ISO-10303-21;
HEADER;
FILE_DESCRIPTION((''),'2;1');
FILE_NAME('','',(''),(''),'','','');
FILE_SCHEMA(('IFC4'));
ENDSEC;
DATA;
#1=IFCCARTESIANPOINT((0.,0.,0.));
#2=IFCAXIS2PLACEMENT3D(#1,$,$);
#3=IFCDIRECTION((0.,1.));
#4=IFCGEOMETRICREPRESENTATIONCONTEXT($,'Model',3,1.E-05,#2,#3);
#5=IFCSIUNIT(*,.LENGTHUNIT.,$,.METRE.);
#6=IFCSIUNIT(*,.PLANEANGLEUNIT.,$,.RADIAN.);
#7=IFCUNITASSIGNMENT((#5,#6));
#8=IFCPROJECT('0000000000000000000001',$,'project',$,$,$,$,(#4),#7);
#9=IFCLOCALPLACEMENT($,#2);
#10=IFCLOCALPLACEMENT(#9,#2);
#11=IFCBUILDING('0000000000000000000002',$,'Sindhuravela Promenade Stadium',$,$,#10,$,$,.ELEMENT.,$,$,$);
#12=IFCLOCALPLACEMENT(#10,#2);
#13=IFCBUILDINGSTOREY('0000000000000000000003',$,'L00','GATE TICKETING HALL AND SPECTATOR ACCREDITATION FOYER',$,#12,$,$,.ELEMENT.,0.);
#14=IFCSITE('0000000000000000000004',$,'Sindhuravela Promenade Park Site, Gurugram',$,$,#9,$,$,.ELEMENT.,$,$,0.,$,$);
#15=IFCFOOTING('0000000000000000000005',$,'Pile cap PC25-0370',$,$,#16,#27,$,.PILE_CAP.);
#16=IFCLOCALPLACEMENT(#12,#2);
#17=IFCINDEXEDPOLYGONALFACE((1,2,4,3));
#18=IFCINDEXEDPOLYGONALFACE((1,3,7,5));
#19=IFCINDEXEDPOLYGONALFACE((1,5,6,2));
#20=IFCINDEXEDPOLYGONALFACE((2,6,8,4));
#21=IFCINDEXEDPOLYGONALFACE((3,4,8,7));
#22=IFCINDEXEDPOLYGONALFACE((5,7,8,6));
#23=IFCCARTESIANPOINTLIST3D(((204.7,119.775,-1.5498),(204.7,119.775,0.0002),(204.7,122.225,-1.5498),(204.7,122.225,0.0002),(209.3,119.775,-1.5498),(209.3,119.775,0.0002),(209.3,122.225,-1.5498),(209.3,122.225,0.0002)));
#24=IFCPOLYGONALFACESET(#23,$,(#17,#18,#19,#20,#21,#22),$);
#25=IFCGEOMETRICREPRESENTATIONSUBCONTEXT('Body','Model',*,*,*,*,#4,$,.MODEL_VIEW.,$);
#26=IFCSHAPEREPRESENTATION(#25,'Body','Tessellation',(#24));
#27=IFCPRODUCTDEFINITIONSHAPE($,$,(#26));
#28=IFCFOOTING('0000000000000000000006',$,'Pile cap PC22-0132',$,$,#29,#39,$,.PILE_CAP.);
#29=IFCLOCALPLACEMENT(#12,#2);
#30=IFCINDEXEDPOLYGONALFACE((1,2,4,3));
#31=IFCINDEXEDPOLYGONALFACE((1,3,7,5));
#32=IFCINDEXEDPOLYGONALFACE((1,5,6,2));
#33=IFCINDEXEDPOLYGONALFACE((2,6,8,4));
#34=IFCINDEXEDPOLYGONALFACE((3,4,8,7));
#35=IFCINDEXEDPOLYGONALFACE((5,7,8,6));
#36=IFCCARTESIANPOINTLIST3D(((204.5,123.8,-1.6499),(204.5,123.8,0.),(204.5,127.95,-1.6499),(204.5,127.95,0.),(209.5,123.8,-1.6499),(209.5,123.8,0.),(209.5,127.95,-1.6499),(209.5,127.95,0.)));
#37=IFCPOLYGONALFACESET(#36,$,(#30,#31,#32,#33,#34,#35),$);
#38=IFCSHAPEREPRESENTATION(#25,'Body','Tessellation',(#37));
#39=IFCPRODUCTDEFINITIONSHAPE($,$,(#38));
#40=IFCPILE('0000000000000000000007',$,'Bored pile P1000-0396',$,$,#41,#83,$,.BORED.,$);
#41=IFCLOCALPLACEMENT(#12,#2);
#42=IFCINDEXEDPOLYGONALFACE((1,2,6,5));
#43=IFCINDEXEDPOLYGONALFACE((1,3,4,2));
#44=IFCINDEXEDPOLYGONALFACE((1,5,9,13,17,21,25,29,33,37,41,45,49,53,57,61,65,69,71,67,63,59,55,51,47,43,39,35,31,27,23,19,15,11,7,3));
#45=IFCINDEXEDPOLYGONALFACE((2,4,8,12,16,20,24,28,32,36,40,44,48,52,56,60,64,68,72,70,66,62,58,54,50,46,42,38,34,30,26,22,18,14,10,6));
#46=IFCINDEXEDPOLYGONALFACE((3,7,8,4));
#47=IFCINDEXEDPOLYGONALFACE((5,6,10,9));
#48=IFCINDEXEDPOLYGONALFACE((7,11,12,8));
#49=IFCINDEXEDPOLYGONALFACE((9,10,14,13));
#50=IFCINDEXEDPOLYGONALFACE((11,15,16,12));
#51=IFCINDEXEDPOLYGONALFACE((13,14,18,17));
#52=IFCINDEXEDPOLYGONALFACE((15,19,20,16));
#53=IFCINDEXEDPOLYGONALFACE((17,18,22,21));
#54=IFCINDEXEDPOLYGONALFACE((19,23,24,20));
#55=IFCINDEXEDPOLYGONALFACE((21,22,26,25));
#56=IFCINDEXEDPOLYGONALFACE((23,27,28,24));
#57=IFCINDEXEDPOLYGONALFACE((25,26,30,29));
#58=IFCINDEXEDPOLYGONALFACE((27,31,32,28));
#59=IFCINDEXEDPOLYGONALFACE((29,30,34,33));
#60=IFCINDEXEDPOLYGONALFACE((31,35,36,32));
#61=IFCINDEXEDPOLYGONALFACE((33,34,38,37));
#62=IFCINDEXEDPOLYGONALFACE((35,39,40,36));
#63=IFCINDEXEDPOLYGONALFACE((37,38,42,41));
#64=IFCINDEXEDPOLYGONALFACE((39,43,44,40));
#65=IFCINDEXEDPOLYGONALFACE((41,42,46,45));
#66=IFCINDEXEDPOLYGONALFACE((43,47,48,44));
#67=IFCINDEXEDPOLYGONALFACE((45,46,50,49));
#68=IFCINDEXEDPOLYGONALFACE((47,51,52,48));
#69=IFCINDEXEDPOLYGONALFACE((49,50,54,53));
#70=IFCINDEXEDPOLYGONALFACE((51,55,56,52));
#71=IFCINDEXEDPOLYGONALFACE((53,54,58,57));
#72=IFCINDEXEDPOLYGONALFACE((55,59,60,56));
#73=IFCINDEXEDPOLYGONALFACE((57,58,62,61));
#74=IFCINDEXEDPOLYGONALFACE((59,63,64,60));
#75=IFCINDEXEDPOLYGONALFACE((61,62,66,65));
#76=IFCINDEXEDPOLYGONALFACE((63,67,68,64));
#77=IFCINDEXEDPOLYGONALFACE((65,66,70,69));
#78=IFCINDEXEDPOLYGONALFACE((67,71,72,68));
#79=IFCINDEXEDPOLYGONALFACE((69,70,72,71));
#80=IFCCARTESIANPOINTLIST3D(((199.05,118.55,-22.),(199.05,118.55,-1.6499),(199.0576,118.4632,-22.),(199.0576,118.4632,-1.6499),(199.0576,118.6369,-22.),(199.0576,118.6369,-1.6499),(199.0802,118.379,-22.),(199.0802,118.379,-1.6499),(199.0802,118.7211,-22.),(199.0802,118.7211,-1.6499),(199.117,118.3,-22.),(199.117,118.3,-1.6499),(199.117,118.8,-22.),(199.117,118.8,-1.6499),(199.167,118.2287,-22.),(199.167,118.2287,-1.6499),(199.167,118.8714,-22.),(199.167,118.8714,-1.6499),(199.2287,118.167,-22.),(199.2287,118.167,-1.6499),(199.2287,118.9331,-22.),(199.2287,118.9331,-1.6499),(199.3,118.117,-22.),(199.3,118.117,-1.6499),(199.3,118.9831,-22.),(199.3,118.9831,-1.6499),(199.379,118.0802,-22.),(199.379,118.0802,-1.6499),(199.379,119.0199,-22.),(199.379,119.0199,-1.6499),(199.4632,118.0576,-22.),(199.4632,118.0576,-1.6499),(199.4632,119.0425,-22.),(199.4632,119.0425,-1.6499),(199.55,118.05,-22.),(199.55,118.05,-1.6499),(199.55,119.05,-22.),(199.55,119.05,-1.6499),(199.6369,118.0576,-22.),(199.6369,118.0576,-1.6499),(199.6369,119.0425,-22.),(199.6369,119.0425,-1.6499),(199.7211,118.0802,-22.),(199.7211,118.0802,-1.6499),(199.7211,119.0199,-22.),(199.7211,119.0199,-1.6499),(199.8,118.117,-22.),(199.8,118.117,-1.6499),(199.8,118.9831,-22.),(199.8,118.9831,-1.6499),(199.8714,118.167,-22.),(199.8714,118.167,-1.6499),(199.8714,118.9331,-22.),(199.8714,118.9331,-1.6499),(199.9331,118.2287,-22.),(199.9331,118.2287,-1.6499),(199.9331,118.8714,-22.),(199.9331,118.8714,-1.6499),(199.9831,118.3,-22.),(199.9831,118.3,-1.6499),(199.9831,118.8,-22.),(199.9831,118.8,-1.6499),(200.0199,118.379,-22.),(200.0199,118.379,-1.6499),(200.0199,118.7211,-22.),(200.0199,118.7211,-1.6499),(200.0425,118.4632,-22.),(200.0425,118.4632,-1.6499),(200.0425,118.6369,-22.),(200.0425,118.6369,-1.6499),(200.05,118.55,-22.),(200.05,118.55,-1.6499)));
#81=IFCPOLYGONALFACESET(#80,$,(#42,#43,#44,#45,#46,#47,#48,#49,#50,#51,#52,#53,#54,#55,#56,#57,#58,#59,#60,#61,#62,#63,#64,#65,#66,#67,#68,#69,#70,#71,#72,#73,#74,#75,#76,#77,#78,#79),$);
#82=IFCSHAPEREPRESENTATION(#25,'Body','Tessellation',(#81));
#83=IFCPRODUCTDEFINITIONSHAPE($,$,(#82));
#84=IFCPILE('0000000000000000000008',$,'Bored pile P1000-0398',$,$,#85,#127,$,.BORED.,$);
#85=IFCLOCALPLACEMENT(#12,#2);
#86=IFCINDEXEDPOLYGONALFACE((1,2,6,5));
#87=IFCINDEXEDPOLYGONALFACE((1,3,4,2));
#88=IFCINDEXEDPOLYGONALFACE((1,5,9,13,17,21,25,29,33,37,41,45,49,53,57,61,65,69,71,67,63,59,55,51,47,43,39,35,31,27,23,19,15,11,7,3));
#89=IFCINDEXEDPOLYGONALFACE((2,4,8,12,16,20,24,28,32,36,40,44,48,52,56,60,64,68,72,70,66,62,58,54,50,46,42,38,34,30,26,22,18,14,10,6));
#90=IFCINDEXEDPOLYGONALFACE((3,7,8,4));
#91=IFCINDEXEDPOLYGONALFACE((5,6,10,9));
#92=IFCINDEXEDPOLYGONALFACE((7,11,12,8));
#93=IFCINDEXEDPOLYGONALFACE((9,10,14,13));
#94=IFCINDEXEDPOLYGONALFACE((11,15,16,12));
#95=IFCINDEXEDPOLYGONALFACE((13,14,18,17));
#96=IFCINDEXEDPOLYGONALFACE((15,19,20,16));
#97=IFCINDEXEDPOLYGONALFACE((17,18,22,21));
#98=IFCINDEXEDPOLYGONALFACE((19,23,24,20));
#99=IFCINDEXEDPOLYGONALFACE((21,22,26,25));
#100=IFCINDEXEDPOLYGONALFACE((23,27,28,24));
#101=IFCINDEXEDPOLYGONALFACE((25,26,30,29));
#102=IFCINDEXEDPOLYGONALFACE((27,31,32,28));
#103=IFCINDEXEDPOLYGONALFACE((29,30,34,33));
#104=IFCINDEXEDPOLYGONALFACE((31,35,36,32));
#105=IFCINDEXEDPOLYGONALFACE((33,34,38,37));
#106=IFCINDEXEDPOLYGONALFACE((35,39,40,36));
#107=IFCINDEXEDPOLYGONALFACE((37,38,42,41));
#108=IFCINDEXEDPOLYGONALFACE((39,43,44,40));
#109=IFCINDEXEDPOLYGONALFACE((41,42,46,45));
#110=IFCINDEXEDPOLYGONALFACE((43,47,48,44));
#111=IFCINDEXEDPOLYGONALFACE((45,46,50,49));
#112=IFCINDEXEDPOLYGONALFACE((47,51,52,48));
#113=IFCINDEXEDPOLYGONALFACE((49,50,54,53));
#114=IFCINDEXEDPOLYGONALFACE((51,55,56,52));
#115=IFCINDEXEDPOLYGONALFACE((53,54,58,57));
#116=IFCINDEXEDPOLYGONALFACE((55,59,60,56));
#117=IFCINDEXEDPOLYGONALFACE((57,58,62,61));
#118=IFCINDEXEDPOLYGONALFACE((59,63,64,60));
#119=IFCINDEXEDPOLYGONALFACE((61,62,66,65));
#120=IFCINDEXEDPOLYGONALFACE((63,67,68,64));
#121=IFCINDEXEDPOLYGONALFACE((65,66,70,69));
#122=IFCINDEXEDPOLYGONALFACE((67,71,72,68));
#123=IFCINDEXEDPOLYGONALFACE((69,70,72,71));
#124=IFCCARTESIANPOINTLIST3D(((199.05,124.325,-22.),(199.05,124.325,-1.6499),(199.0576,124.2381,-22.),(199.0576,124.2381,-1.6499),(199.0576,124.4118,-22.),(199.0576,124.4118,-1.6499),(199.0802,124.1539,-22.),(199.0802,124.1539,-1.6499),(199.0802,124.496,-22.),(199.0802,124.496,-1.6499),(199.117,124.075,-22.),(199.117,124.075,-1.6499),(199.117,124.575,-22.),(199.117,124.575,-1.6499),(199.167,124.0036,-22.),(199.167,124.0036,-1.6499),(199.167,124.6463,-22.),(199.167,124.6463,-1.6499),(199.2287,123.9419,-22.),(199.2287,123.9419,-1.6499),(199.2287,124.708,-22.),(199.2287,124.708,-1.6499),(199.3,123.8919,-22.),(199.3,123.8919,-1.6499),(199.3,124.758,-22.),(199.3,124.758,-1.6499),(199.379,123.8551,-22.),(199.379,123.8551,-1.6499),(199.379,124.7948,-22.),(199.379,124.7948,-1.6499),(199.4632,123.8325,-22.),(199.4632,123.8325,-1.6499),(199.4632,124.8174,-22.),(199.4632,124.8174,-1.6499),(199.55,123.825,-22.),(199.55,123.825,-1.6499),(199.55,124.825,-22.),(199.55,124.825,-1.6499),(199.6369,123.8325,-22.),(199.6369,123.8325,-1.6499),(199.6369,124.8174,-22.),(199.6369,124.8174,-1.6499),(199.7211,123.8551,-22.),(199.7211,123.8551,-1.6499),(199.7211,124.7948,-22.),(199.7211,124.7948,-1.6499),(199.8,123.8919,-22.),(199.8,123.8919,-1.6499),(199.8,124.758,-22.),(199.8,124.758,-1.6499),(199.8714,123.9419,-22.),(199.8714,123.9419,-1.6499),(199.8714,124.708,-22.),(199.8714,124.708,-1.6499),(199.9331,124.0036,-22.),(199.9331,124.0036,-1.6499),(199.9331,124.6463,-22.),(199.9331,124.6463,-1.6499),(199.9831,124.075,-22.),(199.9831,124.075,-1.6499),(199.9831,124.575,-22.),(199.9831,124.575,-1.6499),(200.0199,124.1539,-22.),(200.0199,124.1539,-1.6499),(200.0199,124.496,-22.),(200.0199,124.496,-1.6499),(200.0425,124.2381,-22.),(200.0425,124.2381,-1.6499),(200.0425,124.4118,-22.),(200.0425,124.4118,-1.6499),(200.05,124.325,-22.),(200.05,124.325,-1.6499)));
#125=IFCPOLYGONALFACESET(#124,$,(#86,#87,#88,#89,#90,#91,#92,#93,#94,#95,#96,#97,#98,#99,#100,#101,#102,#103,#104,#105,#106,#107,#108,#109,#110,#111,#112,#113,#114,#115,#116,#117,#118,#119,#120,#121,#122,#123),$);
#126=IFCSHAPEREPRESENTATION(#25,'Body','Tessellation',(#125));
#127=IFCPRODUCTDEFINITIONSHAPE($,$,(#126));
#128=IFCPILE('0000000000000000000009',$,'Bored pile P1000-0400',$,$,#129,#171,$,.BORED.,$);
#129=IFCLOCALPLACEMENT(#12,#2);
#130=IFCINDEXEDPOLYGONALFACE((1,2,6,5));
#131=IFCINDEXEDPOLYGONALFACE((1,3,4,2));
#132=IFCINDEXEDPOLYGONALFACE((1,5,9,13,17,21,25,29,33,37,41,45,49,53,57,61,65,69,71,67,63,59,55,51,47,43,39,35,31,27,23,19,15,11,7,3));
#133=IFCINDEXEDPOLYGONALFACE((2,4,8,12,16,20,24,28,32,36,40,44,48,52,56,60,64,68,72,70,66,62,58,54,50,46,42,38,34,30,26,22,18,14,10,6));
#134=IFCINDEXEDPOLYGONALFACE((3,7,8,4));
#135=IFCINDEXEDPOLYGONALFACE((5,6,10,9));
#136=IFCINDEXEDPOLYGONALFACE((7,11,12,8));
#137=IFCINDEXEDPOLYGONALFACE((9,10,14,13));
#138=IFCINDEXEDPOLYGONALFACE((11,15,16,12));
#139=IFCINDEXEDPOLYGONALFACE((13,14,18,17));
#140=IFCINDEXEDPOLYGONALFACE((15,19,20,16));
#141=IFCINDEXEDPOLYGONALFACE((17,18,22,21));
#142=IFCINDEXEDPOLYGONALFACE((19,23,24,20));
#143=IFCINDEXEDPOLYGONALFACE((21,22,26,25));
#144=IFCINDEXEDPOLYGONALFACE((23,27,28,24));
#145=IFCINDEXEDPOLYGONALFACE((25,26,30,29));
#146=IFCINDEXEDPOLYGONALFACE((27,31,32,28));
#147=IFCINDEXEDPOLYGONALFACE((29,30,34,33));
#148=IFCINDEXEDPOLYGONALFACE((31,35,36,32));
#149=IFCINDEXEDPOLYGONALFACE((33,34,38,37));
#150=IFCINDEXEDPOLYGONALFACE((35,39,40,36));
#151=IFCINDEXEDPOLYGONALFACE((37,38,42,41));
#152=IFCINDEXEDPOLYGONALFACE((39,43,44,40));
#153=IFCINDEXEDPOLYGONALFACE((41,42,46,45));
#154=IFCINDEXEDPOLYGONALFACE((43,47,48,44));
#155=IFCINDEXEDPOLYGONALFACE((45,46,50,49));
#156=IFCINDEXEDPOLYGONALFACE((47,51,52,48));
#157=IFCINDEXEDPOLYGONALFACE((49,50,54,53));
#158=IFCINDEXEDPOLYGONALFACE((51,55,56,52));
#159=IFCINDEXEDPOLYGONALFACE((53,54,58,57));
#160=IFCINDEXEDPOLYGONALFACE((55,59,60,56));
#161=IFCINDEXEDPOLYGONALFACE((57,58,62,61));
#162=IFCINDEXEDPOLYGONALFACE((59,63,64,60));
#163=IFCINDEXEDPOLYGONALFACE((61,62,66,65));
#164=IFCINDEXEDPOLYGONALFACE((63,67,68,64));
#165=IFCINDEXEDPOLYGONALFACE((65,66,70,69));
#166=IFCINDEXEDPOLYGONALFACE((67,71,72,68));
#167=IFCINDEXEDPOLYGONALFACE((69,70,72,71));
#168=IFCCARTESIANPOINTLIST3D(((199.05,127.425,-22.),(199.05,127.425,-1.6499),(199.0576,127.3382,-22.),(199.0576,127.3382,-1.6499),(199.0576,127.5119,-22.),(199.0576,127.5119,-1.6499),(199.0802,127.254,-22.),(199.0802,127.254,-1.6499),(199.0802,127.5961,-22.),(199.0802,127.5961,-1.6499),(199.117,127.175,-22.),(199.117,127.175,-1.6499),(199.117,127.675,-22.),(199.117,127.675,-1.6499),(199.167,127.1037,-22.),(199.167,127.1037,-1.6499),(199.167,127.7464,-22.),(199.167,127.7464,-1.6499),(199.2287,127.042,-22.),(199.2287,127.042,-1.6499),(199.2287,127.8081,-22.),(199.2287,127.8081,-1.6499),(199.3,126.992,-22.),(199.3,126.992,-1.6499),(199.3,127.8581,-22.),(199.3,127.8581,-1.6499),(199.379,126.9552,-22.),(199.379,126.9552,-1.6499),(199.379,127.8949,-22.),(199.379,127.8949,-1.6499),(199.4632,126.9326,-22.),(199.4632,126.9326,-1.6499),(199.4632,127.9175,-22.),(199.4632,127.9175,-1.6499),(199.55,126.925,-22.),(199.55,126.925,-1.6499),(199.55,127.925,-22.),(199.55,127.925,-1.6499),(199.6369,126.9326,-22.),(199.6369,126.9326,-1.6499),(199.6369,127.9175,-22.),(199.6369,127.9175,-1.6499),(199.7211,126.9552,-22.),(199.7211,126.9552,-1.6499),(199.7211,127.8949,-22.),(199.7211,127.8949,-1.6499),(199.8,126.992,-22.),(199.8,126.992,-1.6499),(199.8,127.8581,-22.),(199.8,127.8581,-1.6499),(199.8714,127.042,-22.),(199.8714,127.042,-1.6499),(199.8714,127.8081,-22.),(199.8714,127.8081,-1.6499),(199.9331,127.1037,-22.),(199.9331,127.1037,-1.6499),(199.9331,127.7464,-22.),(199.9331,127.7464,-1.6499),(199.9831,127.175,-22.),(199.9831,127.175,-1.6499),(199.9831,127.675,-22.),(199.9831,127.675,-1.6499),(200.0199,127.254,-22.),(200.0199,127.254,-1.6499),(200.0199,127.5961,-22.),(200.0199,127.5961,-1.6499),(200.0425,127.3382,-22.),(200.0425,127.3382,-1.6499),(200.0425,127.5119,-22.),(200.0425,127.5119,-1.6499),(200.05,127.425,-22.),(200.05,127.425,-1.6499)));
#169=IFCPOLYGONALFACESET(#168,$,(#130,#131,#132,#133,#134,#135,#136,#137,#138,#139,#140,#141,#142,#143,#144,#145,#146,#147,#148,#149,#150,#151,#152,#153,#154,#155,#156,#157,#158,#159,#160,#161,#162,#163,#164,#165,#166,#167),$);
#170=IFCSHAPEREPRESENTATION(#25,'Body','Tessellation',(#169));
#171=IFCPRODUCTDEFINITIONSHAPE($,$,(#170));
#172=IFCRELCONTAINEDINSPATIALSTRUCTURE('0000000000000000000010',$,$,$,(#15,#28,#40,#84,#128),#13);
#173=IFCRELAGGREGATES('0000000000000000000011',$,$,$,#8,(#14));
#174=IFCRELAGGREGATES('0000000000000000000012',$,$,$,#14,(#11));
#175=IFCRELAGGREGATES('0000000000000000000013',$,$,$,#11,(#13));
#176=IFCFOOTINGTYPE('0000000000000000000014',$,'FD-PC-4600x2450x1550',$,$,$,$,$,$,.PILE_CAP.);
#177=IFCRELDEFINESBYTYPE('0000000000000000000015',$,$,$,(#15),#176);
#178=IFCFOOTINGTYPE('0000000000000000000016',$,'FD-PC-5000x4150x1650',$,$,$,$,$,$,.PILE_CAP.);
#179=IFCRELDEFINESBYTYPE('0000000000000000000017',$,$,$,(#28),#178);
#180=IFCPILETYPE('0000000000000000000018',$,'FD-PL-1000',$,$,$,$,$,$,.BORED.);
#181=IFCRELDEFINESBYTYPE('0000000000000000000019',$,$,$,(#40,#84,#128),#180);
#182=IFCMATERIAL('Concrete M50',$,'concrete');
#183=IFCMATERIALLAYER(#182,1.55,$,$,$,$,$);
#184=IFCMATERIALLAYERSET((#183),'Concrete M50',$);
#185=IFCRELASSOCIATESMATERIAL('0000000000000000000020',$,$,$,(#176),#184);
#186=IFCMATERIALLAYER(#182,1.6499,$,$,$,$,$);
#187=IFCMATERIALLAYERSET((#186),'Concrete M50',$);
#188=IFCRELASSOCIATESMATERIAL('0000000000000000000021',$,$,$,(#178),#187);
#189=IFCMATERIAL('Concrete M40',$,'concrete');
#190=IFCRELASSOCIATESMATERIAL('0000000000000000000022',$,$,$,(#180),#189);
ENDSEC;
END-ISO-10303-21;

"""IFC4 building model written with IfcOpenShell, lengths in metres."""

from ifc_helpers import new_model, si_unit, direction, frame, origin, origin_2d, place, context, subcontext, project, spatial, rectangle, circle, extrude, material, layer, layer_set, material_profile, profile_set, type_object, element, save


model = new_model("IFC4")

# Units and contexts
model_context = context("Model", 3, precision=1e-05, world=origin(), true_north=direction((0.0, 1.0)))
body_context = subcontext(model_context, "Body", "Model", "MODEL_VIEW")
ifc_project = project(units=[si_unit("LENGTHUNIT", "METRE"), si_unit("PLANEANGLEUNIT", "RADIAN")], contexts=[model_context])

# Site, building, storey
site_placement = place(None, origin())
site = spatial("IfcSite", under=ifc_project, at=site_placement, Name="Sindhuravela Promenade Park Site, Gurugram", CompositionType="ELEMENT", RefElevation=0.0)
building_placement = place(site_placement, origin())
building = spatial("IfcBuilding", under=site, at=building_placement, Name="Sindhuravela Promenade Stadium", CompositionType="ELEMENT")
storey_placement = place(building_placement, origin())
storey = spatial("IfcBuildingStorey", under=building, at=storey_placement, Name="L00", Description="GATE TICKETING HALL AND SPECTATOR ACCREDITATION FOYER", CompositionType="ELEMENT", Elevation=0.0)

# Footings
ifc_material_1 = material(Name="Concrete M50", Category="concrete")
ifc_layer_1 = layer(ifc_material_1, 1.55)
ifc_layer_set_1 = layer_set([ifc_layer_1], Name="Concrete M50")
footing_type_1 = type_object("IfcFootingType", Name="FD-PC-4600x2450x1550", PredefinedType="PILE_CAP", material=ifc_layer_set_1)
footing_1_placement = place(storey_placement, frame((207.0, 121.0, -1.5498), z_axis=(0.0, 0.0, 1.0), x_axis=(1.0, 0.0, 0.0)))
element("IfcFooting", 1, at=footing_1_placement, inside=storey, type_object=footing_type_1, Name="Pile cap PC25-0370", PredefinedType="PILE_CAP", context=body_context, shape_type="SweptSolid", body=[
    extrude(rectangle(XDim=4.6001, YDim=2.45, at=origin_2d()), origin(), (0.0, 0.0, 1.0), 1.55),
])
ifc_layer_2 = layer(ifc_material_1, 1.6499)
ifc_layer_set_2 = layer_set([ifc_layer_2], Name="Concrete M50")
footing_type_2 = type_object("IfcFootingType", Name="FD-PC-5000x4150x1650", PredefinedType="PILE_CAP", material=ifc_layer_set_2)
footing_2_placement = place(storey_placement, frame((207.0, 125.875, -1.6499), z_axis=(0.0, 0.0, 1.0), x_axis=(1.0, 0.0, 0.0)))
element("IfcFooting", 2, at=footing_2_placement, inside=storey, type_object=footing_type_2, Name="Pile cap PC22-0132", PredefinedType="PILE_CAP", context=body_context, shape_type="SweptSolid", body=[
    extrude(rectangle(XDim=5.0, YDim=4.1499, at=origin_2d()), origin(), (0.0, 0.0, 1.0), 1.6499),
])

# Piles
ifc_material_2 = material(Name="Concrete M40", Category="concrete")
ifc_material_profile_1 = material_profile(ifc_material_2, circle(Radius=0.5, at=origin_2d()), Name="BORED PILE D1000")
ifc_profile_set_1 = profile_set([ifc_material_profile_1], Name="Concrete M40")
pile_type_1 = type_object("IfcPileType", Name="FD-PL-1000", PredefinedType="BORED", material=ifc_profile_set_1)
for number, where, z_axis, x_axis, name in (
    (3, (199.55, 118.55, -1.6499), (0.0, 0.0, -1.0), (1.0, 0.0, 0.0), "Bored pile P1000-0396"),
    (4, (199.55, 124.325, -1.6499), (0.0, 0.0, -1.0), (1.0, 0.0, 0.0), "Bored pile P1000-0398"),
    (5, (199.55, 127.425, -1.6499), (0.0, 0.0, -1.0), (1.0, 0.0, 0.0), "Bored pile P1000-0400"),
):
    element("IfcPile", number, at=place(storey_placement, frame(where, z_axis=z_axis, x_axis=x_axis)), inside=storey, type_object=pile_type_1, Name=name, PredefinedType="BORED", context=body_context, shape_type="SweptSolid", body=[
        extrude(circle(Radius=0.5, at=origin_2d()), origin(), (0.0, 0.0, 1.0), 20.3501),
    ])

save(model, "model.ifc")
